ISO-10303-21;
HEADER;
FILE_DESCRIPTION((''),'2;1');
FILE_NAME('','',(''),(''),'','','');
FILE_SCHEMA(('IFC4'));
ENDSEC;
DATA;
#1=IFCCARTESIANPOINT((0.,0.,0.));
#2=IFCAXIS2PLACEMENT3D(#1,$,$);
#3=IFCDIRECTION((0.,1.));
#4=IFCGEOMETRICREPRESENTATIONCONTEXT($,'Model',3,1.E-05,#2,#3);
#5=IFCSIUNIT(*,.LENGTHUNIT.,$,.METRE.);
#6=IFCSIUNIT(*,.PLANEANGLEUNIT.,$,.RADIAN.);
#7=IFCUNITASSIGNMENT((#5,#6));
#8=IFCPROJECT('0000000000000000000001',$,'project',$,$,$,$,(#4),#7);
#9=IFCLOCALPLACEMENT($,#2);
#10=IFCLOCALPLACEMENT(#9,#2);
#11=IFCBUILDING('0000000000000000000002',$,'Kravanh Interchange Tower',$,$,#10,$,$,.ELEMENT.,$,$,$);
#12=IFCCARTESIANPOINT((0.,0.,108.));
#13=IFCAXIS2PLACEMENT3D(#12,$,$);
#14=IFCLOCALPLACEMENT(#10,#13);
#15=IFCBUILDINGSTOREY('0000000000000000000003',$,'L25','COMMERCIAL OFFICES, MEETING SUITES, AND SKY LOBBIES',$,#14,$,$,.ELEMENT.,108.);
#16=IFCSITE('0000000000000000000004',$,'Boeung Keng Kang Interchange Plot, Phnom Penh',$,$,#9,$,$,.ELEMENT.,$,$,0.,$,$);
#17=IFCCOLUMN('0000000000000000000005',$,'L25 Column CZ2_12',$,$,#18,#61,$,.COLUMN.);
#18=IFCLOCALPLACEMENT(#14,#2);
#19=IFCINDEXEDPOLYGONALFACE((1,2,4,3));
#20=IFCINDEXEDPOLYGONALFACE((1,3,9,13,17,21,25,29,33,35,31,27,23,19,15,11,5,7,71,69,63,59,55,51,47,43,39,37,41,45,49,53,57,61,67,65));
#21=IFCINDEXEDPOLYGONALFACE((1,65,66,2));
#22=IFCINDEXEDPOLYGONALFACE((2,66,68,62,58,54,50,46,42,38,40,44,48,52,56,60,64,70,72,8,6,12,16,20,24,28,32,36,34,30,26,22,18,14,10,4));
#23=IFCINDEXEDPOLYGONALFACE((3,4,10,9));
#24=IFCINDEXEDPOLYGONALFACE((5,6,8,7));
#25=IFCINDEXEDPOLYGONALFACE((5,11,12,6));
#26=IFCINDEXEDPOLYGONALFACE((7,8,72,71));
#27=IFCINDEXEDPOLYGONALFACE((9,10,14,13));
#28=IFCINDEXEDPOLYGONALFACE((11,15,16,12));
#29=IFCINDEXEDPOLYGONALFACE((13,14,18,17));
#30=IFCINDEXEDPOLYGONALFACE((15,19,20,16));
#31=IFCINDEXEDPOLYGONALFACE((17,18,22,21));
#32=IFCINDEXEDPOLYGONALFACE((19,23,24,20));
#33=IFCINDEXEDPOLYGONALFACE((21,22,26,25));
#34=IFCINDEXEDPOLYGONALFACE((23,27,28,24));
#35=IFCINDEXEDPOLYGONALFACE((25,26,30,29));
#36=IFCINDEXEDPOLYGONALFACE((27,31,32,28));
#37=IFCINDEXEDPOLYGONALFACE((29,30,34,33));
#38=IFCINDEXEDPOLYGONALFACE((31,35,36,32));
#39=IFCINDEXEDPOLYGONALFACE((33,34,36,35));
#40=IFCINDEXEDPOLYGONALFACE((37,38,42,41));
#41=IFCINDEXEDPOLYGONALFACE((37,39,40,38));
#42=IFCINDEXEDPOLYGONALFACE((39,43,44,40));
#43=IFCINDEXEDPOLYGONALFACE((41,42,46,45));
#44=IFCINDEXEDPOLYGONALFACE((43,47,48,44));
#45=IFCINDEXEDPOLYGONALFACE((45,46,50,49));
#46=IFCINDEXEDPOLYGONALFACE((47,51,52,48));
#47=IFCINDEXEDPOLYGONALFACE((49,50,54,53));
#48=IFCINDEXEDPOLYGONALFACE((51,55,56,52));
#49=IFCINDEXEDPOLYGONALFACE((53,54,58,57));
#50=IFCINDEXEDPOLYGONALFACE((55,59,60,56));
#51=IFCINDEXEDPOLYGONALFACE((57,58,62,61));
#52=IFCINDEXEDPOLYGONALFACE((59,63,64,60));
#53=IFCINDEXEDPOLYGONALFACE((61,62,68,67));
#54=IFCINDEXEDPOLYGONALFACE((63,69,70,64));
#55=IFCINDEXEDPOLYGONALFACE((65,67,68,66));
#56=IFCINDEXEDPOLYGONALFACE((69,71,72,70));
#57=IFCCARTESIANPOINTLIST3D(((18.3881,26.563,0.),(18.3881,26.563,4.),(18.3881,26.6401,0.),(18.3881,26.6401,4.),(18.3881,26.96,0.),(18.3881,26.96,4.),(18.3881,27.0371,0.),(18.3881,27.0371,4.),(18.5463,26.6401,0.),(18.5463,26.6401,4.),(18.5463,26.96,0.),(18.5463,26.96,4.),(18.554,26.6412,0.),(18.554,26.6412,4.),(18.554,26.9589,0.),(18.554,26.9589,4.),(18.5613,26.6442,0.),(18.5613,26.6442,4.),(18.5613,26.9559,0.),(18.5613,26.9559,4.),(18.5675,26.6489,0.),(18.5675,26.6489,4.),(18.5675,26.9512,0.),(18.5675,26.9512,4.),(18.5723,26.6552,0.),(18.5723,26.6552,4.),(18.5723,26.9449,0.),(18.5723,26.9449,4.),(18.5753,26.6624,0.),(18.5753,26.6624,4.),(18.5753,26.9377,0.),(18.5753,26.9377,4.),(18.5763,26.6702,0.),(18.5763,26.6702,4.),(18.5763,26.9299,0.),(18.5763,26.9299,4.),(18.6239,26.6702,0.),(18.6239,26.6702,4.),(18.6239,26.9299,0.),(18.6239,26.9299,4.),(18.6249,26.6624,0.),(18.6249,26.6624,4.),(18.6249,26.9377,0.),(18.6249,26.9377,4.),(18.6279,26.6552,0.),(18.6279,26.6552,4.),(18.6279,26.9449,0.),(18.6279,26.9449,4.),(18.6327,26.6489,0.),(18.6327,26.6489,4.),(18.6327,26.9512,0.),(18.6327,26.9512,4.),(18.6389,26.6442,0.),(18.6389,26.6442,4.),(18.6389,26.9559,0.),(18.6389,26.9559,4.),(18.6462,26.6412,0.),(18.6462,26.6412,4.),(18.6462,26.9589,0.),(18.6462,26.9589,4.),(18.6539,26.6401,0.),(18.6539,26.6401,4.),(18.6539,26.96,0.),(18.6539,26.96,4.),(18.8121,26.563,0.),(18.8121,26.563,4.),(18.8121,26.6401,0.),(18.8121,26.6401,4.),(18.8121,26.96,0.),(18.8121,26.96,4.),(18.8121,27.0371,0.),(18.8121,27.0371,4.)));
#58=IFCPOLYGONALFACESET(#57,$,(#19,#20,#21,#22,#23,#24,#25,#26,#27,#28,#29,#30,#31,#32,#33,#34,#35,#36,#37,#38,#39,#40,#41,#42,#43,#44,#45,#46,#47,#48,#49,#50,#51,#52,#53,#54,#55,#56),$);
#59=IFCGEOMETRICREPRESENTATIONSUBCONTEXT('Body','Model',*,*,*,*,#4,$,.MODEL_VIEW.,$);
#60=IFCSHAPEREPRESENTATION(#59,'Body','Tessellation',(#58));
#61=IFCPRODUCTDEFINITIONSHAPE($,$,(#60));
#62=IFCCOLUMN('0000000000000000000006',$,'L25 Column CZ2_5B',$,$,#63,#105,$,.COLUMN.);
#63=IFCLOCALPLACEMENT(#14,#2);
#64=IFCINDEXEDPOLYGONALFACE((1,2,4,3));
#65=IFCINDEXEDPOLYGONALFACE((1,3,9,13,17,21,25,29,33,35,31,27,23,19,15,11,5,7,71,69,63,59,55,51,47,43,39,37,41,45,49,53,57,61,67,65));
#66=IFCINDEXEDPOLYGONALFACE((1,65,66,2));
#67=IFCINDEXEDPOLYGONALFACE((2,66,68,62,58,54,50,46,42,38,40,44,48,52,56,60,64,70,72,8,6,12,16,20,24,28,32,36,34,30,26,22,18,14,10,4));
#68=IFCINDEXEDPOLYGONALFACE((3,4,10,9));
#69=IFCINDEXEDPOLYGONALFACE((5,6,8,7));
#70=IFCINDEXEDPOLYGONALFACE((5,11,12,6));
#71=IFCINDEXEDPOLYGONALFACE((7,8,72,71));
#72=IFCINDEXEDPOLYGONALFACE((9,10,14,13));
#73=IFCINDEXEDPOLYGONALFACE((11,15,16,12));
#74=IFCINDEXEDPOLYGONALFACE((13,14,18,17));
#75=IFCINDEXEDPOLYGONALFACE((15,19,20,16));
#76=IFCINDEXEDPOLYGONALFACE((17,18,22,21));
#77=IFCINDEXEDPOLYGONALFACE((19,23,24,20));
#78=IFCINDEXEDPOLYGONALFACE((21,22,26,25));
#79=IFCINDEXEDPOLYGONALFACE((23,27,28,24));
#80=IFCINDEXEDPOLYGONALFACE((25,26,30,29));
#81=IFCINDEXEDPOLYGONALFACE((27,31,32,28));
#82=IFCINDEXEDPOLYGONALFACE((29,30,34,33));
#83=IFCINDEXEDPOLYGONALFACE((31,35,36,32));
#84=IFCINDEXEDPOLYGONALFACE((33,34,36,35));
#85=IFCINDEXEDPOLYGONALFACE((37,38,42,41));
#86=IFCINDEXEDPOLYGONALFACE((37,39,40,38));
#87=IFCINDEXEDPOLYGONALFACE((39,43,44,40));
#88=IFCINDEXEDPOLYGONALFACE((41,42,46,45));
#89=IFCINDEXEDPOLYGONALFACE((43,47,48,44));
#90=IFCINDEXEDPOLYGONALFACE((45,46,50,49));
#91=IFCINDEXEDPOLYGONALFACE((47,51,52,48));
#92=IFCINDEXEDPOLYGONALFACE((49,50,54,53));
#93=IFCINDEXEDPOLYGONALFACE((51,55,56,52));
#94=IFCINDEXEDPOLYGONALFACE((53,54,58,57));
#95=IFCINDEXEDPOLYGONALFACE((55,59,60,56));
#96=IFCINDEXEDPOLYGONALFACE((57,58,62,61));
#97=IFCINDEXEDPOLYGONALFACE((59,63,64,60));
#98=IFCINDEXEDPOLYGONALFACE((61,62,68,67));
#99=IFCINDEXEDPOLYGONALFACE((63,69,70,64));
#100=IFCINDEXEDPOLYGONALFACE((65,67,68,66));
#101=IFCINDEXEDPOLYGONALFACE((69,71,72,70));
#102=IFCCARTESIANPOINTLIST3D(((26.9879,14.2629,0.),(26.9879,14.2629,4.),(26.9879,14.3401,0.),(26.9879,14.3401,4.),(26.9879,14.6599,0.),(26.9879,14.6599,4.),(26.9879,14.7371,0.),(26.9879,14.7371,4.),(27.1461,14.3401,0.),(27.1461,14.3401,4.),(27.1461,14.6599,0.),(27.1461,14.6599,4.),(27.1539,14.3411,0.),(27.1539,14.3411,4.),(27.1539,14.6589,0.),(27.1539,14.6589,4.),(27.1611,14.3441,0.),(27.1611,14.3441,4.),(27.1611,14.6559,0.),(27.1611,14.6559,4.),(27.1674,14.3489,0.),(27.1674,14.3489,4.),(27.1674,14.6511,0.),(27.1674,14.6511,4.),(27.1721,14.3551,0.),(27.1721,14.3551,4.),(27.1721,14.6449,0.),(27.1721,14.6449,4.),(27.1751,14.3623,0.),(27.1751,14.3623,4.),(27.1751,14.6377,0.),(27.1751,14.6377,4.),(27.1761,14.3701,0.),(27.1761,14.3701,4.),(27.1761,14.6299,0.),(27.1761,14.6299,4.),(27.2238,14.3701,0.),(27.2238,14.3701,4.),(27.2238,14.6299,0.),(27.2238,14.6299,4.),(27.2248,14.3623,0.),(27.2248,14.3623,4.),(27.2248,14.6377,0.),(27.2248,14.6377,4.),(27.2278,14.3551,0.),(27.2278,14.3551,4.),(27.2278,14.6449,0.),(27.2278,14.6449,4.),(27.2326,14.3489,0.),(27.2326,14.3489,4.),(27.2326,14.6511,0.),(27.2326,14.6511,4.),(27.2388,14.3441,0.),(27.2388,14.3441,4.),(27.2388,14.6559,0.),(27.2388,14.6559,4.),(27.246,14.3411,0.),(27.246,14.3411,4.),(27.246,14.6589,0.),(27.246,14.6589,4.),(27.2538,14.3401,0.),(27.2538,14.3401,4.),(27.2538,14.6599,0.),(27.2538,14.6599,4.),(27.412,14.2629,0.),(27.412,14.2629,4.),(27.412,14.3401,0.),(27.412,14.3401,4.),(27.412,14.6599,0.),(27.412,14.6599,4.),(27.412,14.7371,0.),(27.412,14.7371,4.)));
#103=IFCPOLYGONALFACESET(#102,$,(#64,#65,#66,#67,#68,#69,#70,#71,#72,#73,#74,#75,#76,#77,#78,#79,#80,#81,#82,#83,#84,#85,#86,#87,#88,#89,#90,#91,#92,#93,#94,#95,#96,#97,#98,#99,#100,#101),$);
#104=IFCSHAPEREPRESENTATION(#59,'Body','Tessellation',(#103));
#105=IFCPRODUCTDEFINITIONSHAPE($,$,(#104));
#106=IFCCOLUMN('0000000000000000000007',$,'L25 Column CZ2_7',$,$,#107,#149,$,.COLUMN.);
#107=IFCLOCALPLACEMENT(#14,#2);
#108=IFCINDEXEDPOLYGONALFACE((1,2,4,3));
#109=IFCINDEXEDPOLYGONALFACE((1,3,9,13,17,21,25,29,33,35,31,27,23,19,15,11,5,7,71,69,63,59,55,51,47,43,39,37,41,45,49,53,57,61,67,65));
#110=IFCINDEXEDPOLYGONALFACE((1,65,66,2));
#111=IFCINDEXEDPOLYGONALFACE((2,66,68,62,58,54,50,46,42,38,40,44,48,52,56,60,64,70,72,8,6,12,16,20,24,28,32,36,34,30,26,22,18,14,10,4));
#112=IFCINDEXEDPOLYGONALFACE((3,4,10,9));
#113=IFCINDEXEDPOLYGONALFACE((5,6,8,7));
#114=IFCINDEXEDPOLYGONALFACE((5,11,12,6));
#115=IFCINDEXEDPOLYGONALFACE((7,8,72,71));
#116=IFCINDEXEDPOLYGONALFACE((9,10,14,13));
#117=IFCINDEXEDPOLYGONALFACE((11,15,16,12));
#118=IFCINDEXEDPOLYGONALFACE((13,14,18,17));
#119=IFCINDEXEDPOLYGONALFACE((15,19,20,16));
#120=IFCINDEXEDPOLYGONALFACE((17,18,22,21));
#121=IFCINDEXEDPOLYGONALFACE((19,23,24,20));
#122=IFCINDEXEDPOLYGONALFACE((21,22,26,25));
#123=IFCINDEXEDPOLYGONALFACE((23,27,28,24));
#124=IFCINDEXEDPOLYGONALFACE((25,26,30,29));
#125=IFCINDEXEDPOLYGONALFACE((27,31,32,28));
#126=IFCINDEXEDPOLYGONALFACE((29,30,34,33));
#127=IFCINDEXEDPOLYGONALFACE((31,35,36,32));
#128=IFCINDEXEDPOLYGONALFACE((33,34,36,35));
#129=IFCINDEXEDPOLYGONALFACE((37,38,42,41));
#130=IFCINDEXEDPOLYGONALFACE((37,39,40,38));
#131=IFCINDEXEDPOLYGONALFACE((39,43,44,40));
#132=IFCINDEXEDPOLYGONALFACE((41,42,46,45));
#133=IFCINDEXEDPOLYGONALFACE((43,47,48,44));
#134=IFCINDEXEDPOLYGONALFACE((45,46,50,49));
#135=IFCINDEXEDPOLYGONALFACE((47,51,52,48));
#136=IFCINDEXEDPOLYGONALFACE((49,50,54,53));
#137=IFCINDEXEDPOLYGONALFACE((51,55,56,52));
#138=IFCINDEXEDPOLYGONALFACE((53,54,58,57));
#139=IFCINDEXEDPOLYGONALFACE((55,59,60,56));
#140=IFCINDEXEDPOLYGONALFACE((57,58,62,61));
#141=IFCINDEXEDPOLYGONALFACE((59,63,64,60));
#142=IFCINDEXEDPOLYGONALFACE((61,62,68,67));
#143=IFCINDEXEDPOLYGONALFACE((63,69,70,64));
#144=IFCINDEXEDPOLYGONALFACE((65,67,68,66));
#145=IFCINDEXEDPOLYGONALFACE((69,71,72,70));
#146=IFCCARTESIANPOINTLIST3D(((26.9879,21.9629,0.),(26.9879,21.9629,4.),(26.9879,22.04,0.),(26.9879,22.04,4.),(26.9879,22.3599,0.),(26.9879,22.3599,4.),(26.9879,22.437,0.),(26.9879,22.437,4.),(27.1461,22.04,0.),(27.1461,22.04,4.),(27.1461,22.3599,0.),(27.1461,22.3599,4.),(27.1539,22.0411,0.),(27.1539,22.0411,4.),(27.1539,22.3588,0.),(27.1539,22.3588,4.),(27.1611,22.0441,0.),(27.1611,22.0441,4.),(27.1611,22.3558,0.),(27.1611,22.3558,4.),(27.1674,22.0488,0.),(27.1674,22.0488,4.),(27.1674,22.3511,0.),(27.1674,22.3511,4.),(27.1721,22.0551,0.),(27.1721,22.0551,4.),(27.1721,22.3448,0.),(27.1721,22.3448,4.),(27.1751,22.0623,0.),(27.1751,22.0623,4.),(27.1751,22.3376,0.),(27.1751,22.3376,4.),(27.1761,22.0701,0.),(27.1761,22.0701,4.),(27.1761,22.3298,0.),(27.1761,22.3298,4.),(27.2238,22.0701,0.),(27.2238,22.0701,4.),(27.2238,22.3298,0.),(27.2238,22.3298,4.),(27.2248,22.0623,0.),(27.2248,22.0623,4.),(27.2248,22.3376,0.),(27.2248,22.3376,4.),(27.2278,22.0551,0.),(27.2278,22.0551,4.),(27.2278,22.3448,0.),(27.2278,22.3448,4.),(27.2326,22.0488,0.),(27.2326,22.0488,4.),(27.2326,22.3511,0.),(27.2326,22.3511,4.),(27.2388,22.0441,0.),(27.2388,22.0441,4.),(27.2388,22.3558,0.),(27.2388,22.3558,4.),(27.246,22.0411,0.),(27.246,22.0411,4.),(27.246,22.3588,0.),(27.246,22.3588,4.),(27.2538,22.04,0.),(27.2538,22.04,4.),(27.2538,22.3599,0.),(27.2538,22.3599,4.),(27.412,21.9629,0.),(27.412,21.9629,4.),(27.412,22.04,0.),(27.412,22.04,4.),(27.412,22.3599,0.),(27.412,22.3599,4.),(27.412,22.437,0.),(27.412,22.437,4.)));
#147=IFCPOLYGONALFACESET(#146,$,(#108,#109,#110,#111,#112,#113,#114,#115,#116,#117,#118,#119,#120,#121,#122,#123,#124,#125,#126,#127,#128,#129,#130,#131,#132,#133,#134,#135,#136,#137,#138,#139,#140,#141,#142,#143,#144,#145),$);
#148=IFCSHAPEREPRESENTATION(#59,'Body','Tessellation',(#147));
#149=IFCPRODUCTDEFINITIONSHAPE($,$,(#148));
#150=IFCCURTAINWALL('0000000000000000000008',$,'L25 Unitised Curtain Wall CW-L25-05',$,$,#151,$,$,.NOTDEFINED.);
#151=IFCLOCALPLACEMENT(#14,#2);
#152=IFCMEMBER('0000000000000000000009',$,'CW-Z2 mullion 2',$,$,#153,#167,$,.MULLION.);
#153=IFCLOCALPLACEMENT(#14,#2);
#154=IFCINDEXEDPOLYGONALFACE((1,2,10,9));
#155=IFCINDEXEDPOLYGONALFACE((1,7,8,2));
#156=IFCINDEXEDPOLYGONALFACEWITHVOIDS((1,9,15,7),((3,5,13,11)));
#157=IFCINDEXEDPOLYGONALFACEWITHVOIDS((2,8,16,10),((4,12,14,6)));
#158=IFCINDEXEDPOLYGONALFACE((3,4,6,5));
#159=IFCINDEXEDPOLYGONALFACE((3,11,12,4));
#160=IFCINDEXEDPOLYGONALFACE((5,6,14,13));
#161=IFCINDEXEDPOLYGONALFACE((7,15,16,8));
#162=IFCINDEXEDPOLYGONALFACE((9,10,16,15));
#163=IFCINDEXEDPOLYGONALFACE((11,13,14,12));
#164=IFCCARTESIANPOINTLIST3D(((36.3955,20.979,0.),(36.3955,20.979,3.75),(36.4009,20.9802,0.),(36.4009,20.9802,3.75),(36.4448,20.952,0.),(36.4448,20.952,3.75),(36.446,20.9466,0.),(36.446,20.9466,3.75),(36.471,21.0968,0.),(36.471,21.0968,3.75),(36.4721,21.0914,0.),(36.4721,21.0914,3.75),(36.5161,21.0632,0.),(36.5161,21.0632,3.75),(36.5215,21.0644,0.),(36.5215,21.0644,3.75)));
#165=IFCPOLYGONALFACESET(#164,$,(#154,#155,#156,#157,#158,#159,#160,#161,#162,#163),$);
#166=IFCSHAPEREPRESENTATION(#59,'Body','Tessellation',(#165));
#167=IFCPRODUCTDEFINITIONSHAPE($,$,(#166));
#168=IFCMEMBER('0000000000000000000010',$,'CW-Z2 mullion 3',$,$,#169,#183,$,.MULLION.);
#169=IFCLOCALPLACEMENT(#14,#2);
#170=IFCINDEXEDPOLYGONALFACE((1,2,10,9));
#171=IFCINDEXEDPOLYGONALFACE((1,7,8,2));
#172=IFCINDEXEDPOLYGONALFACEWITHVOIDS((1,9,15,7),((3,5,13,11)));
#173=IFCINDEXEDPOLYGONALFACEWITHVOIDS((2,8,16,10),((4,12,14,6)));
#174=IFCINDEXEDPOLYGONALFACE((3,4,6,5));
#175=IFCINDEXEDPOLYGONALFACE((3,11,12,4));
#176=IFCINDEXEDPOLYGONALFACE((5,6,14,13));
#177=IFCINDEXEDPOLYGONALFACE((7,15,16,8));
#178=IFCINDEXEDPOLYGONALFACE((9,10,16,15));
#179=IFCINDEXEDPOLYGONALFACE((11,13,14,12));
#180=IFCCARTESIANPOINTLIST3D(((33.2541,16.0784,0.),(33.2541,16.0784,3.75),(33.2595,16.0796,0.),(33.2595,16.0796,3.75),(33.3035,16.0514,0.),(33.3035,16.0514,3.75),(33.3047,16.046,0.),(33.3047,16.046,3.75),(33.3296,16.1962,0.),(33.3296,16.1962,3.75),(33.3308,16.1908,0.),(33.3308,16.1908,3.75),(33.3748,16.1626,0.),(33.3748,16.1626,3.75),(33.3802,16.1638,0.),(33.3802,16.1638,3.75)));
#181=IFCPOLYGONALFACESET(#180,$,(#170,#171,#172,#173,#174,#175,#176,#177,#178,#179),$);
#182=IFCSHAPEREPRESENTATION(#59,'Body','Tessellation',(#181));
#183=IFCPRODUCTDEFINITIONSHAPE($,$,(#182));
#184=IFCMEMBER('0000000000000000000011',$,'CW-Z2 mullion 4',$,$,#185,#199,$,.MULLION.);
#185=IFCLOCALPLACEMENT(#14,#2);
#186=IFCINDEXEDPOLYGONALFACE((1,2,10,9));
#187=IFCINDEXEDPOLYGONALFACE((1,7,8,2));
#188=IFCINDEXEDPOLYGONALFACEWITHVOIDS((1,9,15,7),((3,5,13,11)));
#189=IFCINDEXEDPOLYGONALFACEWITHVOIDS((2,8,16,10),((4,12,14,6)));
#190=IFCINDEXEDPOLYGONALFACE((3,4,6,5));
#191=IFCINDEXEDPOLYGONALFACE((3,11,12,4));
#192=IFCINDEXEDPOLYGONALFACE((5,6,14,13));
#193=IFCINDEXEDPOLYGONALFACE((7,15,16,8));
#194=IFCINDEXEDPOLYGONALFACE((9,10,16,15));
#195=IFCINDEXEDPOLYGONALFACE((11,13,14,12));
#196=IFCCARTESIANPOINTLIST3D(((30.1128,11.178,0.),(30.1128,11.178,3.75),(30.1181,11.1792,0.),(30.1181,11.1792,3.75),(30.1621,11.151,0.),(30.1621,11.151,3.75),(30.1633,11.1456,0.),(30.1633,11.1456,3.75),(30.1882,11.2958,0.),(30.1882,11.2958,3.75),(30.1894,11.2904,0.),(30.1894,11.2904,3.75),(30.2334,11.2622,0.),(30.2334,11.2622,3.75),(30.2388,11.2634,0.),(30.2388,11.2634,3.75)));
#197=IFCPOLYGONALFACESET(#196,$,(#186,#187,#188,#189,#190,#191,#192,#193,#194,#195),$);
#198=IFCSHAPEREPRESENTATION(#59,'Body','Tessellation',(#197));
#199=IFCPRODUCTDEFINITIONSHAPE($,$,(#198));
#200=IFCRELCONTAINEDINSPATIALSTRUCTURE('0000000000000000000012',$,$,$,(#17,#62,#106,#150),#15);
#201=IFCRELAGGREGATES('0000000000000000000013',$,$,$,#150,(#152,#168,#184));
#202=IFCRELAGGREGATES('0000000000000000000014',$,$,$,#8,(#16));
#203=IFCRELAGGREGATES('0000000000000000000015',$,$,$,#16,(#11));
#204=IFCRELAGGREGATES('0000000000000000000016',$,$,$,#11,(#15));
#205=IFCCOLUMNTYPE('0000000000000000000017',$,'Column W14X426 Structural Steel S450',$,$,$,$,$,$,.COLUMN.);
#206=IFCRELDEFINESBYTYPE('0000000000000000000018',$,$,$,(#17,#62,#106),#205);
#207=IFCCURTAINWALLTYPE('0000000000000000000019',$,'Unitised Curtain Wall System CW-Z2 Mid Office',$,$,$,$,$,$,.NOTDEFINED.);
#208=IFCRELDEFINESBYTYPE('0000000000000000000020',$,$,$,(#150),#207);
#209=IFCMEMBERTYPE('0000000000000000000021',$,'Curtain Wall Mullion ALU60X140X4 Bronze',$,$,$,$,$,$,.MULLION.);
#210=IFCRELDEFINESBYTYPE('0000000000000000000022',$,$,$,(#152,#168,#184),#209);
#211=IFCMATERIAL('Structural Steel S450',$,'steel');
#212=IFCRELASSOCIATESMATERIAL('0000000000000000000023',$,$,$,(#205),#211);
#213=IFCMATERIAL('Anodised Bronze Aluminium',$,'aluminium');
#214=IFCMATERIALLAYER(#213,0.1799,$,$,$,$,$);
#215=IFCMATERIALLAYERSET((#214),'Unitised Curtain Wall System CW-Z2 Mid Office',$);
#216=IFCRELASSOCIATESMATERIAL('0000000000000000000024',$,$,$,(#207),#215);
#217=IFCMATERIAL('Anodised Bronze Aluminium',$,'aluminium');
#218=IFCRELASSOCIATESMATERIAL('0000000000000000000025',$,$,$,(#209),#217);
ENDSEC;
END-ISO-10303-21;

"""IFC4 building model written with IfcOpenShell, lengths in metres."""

from ifc_helpers import new_model, si_unit, direction, frame, origin, origin_2d, place, context, subcontext, project, spatial, hollow_rectangle, i_section, extrude, material, layer, layer_set, material_profile, profile_set, type_object, element, aggregate, save


model = new_model("IFC4")

# Units and contexts
model_context = context("Model", 3, precision=1e-05, world=origin(), true_north=direction((0.0, 1.0)))
body_context = subcontext(model_context, "Body", "Model", "MODEL_VIEW")
ifc_project = project(units=[si_unit("LENGTHUNIT", "METRE"), si_unit("PLANEANGLEUNIT", "RADIAN")], contexts=[model_context])

# Site, building, storey
site_placement = place(None, origin())
site = spatial("IfcSite", under=ifc_project, at=site_placement, Name="Boeung Keng Kang Interchange Plot, Phnom Penh", CompositionType="ELEMENT", RefElevation=0.0)
building_placement = place(site_placement, origin())
building = spatial("IfcBuilding", under=site, at=building_placement, Name="Kravanh Interchange Tower", CompositionType="ELEMENT")
storey_placement = place(building_placement, frame((0.0, 0.0, 108.0)))
storey = spatial("IfcBuildingStorey", under=building, at=storey_placement, Name="L25", Description="COMMERCIAL OFFICES, MEETING SUITES, AND SKY LOBBIES", CompositionType="ELEMENT", Elevation=108.0)

# Columns
ifc_material_1 = material(Name="Structural Steel S450", Category="steel")
ifc_material_profile_1 = material_profile(ifc_material_1, i_section(OverallWidth=0.4241, OverallDepth=0.4741, WebThickness=0.0476, FlangeThickness=0.0771, FilletRadius=0.03, at=origin_2d()), Name="W14X426")
ifc_profile_set_1 = profile_set([ifc_material_profile_1], Name="Structural Steel S450")
column_type = type_object("IfcColumnType", Name="Column W14X426 Structural Steel S450", PredefinedType="COLUMN", material=ifc_profile_set_1)
for number, where, z_axis, x_axis, name in (
    (1, (18.6001, 26.8, 0.0), (0.0, 0.0, 1.0), (1.0, 0.0, 0.0), "L25 Column CZ2_12"),
    (2, (27.2, 14.5, 0.0), (0.0, 0.0, 1.0), (1.0, 0.0, 0.0), "L25 Column CZ2_5B"),
    (3, (27.2, 22.2, 0.0), (0.0, 0.0, 1.0), (1.0, 0.0, 0.0), "L25 Column CZ2_7"),
):
    element("IfcColumn", number, at=place(storey_placement, frame(where, z_axis=z_axis, x_axis=x_axis)), inside=storey, type_object=column_type, Name=name, PredefinedType="COLUMN", context=body_context, shape_type="SweptSolid", body=[
        extrude(i_section(OverallWidth=0.4241, OverallDepth=0.4741, WebThickness=0.0476, FlangeThickness=0.0771, FilletRadius=0.03, at=origin_2d()), origin(), (0.0, 0.0, 1.0), 4.0),
    ])

# Curtain wall, members
ifc_material_2 = material(Name="Anodised Bronze Aluminium", Category="aluminium")
ifc_layer_1 = layer(ifc_material_2, 0.1799)
ifc_layer_set_1 = layer_set([ifc_layer_1], Name="Unitised Curtain Wall System CW-Z2 Mid Office")
curtain_wall_type = type_object("IfcCurtainWallType", Name="Unitised Curtain Wall System CW-Z2 Mid Office", PredefinedType="NOTDEFINED", material=ifc_layer_set_1)
curtain_wall_placement = place(storey_placement, origin())
curtain_wall = element("IfcCurtainWall", 4, at=curtain_wall_placement, inside=storey, type_object=curtain_wall_type, Name="L25 Unitised Curtain Wall CW-L25-05", PredefinedType="NOTDEFINED")
ifc_material_3 = material(Name="Anodised Bronze Aluminium", Category="aluminium")
ifc_material_profile_2 = material_profile(ifc_material_3, hollow_rectangle(XDim=0.0601, YDim=0.1399, WallThickness=0.0039, at=origin_2d()), Name="ALU60X140X4")
ifc_profile_set_2 = profile_set([ifc_material_profile_2], Name="Anodised Bronze Aluminium")
member_type_1 = type_object("IfcMemberType", Name="Curtain Wall Mullion ALU60X140X4 Bronze", PredefinedType="MULLION", material=ifc_profile_set_2)
member_1_placement = place(storey_placement, frame((36.4585, 21.0217, 0.0), z_axis=(0.0, 0.0, 1.0), x_axis=(0.84188, -0.539665, 0.0)))
member_1 = element("IfcMember", 5, at=member_1_placement, type_object=member_type_1, Name="CW-Z2 mullion 2", PredefinedType="MULLION", context=body_context, shape_type="SweptSolid", body=[
    extrude(hollow_rectangle(XDim=0.0601, YDim=0.1399, WallThickness=0.0039, at=origin_2d()), origin(), (0.0, 0.0, 1.0), 3.75),
])
member_2_placement = place(storey_placement, frame((33.3171, 16.1211, 0.0), z_axis=(0.0, 0.0, 1.0), x_axis=(0.84188, -0.539665, 0.0)))
member_2 = element("IfcMember", 6, at=member_2_placement, type_object=member_type_1, Name="CW-Z2 mullion 3", PredefinedType="MULLION", context=body_context, shape_type="SweptSolid", body=[
    extrude(hollow_rectangle(XDim=0.0601, YDim=0.1399, WallThickness=0.0039, at=origin_2d()), origin(), (0.0, 0.0, 1.0), 3.75),
])
member_3_placement = place(storey_placement, frame((30.1758, 11.2207, 0.0), z_axis=(0.0, 0.0, 1.0), x_axis=(0.84188, -0.539665, 0.0)))
member_3 = element("IfcMember", 7, at=member_3_placement, type_object=member_type_1, Name="CW-Z2 mullion 4", PredefinedType="MULLION", context=body_context, shape_type="SweptSolid", body=[
    extrude(hollow_rectangle(XDim=0.0601, YDim=0.1399, WallThickness=0.0039, at=origin_2d()), origin(), (0.0, 0.0, 1.0), 3.75),
])

aggregate(curtain_wall, [member_1, member_2, member_3])

save(model, "model.ifc")
